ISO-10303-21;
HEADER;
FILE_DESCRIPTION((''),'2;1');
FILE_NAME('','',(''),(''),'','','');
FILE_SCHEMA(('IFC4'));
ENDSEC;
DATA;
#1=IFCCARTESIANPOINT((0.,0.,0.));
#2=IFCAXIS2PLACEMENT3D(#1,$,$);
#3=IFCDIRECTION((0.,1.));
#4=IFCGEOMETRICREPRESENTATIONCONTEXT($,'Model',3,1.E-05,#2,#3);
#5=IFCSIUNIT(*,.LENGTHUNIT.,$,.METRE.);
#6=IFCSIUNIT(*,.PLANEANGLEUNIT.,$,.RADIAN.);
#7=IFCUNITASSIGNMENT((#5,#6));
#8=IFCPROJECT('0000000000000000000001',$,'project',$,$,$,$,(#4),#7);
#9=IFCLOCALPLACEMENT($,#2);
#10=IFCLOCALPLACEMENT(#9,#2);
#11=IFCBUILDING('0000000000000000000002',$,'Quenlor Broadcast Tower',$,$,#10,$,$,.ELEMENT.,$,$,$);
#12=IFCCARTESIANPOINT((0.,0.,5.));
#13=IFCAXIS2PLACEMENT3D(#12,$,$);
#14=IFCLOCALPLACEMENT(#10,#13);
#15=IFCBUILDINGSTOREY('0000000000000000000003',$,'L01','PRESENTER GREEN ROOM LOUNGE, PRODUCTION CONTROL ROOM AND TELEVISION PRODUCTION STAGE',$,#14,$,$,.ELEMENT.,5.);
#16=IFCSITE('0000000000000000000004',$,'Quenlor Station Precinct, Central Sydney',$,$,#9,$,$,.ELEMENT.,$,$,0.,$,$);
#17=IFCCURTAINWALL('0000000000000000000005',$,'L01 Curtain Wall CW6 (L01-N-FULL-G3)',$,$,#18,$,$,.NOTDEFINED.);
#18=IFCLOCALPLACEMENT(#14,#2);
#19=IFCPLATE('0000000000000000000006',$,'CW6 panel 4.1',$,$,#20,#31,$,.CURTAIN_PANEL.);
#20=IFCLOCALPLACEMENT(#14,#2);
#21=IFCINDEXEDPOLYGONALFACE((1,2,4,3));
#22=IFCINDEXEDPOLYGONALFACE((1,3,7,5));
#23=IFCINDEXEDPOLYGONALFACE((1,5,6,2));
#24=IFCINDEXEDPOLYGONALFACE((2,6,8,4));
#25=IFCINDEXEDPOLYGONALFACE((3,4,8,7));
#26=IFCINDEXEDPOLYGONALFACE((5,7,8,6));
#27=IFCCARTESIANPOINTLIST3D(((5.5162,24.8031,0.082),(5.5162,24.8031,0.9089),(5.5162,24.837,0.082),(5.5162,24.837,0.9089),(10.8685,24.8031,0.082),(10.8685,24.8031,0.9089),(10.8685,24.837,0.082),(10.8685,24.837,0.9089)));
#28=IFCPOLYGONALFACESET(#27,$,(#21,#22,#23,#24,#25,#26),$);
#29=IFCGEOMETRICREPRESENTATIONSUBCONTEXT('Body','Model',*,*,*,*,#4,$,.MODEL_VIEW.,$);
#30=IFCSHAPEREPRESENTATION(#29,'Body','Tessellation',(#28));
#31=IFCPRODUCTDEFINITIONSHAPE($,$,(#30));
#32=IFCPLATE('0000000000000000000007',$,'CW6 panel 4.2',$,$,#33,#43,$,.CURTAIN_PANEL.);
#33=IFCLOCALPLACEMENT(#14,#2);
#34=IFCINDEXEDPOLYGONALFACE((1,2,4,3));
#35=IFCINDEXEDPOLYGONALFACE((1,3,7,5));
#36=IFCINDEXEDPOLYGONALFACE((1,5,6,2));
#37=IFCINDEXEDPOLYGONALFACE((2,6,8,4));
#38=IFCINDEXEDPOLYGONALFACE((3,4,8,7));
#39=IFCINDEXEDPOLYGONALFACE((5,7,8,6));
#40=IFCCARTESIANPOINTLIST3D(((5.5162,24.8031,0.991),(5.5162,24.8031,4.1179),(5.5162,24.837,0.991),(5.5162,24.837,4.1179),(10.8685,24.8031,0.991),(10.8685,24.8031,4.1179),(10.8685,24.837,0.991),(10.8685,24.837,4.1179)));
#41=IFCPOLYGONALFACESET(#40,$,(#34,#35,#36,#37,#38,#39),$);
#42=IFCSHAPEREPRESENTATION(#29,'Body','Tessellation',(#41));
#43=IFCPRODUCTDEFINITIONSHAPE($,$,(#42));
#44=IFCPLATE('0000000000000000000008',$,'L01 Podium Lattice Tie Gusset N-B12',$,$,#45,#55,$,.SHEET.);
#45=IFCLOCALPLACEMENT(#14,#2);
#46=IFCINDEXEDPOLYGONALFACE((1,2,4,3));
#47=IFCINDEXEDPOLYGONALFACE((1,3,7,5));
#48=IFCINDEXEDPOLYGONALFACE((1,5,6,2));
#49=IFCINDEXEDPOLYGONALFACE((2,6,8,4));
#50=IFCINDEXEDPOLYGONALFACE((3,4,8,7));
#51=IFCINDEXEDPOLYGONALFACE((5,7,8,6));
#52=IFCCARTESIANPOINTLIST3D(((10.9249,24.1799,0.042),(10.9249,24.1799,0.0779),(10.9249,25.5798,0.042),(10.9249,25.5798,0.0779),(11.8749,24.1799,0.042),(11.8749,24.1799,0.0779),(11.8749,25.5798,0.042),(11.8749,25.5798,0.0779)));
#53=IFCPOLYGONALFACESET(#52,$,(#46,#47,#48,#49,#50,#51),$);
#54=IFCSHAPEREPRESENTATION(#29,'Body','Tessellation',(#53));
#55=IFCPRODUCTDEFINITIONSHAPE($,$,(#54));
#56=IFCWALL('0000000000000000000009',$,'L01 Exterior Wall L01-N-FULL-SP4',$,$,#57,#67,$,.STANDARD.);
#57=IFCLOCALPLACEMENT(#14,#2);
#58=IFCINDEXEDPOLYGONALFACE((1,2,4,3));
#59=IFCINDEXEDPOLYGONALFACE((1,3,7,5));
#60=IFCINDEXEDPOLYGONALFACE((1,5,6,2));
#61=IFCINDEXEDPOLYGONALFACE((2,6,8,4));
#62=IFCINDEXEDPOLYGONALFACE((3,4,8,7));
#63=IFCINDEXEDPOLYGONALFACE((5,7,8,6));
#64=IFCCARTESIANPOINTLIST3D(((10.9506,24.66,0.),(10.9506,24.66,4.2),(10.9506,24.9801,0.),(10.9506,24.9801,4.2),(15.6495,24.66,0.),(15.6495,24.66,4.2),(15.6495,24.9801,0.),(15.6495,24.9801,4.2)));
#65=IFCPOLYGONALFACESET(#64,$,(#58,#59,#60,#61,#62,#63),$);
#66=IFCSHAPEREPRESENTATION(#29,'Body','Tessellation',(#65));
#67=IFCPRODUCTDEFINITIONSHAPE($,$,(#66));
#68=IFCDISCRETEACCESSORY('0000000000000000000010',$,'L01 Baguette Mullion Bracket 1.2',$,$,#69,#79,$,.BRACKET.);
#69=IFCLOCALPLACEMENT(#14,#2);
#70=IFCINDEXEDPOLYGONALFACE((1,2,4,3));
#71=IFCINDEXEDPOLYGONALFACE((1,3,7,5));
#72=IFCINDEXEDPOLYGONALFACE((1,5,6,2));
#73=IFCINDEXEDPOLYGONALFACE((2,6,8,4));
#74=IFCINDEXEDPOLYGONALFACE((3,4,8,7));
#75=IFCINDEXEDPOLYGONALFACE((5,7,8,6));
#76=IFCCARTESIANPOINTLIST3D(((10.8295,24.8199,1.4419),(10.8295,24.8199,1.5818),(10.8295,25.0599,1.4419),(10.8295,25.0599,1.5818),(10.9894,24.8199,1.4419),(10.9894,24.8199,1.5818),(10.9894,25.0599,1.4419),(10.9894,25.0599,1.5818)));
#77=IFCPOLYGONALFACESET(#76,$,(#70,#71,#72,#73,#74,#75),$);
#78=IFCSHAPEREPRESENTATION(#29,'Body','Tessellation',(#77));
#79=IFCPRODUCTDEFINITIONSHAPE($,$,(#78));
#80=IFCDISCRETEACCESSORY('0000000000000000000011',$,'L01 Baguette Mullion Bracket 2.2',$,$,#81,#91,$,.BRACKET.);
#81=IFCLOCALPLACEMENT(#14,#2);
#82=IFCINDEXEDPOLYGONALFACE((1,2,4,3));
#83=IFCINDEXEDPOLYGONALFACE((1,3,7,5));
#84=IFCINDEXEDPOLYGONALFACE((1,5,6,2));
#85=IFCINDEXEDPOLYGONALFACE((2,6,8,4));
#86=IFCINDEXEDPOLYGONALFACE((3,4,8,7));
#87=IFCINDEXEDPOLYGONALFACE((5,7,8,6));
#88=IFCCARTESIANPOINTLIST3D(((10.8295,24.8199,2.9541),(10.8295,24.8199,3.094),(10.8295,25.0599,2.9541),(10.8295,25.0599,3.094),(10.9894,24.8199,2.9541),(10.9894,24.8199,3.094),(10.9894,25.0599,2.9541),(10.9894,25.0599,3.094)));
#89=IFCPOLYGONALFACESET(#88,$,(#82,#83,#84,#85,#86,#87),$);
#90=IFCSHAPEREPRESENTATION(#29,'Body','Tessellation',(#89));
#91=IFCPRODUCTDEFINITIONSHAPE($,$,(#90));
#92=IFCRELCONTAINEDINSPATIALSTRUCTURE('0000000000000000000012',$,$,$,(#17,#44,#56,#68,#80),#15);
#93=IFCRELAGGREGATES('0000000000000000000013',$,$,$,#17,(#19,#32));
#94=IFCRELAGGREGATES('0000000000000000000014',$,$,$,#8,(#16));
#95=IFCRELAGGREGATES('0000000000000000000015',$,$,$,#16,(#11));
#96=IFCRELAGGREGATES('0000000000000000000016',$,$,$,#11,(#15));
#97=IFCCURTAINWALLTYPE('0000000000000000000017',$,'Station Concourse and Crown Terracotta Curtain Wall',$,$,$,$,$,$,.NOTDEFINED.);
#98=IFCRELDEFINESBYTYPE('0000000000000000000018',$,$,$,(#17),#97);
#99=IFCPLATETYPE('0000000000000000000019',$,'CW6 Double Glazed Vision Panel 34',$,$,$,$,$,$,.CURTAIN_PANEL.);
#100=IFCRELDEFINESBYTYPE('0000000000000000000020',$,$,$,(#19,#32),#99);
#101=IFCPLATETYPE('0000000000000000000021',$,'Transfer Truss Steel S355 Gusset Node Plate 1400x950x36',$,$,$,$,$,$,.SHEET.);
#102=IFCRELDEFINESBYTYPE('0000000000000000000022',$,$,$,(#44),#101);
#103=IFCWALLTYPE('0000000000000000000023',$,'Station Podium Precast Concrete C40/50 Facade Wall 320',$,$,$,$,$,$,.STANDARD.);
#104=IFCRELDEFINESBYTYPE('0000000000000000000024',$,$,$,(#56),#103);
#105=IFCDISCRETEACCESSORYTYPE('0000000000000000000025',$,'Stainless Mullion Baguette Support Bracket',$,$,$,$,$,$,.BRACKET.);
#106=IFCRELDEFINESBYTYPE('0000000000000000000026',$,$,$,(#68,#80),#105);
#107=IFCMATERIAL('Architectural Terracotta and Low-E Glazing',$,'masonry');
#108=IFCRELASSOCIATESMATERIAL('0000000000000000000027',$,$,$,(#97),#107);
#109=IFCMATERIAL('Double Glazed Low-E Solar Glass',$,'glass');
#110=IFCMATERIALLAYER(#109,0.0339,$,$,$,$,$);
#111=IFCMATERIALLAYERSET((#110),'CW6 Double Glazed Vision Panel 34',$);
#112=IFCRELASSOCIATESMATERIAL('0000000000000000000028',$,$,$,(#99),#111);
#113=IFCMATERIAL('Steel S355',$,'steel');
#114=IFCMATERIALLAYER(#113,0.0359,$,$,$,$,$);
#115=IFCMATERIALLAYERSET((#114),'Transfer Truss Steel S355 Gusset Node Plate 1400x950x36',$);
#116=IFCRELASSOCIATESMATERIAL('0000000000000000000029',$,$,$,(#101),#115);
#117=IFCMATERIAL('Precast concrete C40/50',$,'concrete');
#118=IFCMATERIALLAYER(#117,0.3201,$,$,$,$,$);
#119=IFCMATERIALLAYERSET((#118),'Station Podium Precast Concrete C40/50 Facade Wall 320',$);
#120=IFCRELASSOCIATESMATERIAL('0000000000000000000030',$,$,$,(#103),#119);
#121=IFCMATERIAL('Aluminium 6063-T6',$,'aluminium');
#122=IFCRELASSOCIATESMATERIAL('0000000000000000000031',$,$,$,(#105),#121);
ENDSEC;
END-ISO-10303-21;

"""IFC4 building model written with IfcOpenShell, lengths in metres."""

from ifc_helpers import new_model, si_unit, direction, frame, frame_2d, origin, origin_2d, place, context, subcontext, project, spatial, rectangle, extrude, material, layer, layer_set, type_object, element, aggregate, save


model = new_model("IFC4")

# Units and contexts
model_context = context("Model", 3, precision=1e-05, world=origin(), true_north=direction((0.0, 1.0)))
body_context = subcontext(model_context, "Body", "Model", "MODEL_VIEW")
ifc_project = project(units=[si_unit("LENGTHUNIT", "METRE"), si_unit("PLANEANGLEUNIT", "RADIAN")], contexts=[model_context])

# Site, building, storey
site_placement = place(None, origin())
site = spatial("IfcSite", under=ifc_project, at=site_placement, Name="Quenlor Station Precinct, Central Sydney", CompositionType="ELEMENT", RefElevation=0.0)
building_placement = place(site_placement, origin())
building = spatial("IfcBuilding", under=site, at=building_placement, Name="Quenlor Broadcast Tower", CompositionType="ELEMENT")
storey_placement = place(building_placement, frame((0.0, 0.0, 5.0)))
storey = spatial("IfcBuildingStorey", under=building, at=storey_placement, Name="L01", Description="PRESENTER GREEN ROOM LOUNGE, PRODUCTION CONTROL ROOM AND TELEVISION PRODUCTION STAGE", CompositionType="ELEMENT", Elevation=5.0)

# Curtain wall
ifc_material_1 = material(Name="Architectural Terracotta and Low-E Glazing", Category="masonry")
curtain_wall_type = type_object("IfcCurtainWallType", Name="Station Concourse and Crown Terracotta Curtain Wall", PredefinedType="NOTDEFINED", material=ifc_material_1)
curtain_wall_placement = place(storey_placement, origin())
curtain_wall = element("IfcCurtainWall", 1, at=curtain_wall_placement, inside=storey, type_object=curtain_wall_type, Name="L01 Curtain Wall CW6 (L01-N-FULL-G3)", PredefinedType="NOTDEFINED")

# Plates
ifc_material_2 = material(Name="Double Glazed Low-E Solar Glass", Category="glass")
ifc_layer_1 = layer(ifc_material_2, 0.0339)
ifc_layer_set_1 = layer_set([ifc_layer_1], Name="CW6 Double Glazed Vision Panel 34")
plate_type_1 = type_object("IfcPlateType", Name="CW6 Double Glazed Vision Panel 34", PredefinedType="CURTAIN_PANEL", material=ifc_layer_set_1)
plate_1_placement = place(storey_placement, frame((8.1924, 24.8201, 0.082), z_axis=(0.0, 0.0, 1.0), x_axis=(1.0, 0.0, 0.0)))
plate_1 = element("IfcPlate", 2, at=plate_1_placement, type_object=plate_type_1, Name="CW6 panel 4.1", PredefinedType="CURTAIN_PANEL", context=body_context, shape_type="SweptSolid", body=[
    extrude(rectangle(XDim=5.3523, YDim=0.0339, at=origin_2d()), origin(), (0.0, 0.0, 1.0), 0.8269),
])
plate_2_placement = place(storey_placement, frame((8.1924, 24.8201, 0.991), z_axis=(0.0, 0.0, 1.0), x_axis=(1.0, 0.0, 0.0)))
plate_2 = element("IfcPlate", 3, at=plate_2_placement, type_object=plate_type_1, Name="CW6 panel 4.2", PredefinedType="CURTAIN_PANEL", context=body_context, shape_type="SweptSolid", body=[
    extrude(rectangle(XDim=5.3523, YDim=0.0339, at=origin_2d()), origin(), (0.0, 0.0, 1.0), 3.127),
])
aggregate(curtain_wall, [plate_1, plate_2])
ifc_material_3 = material(Name="Steel S355", Category="steel")
ifc_layer_2 = layer(ifc_material_3, 0.0359)
ifc_layer_set_2 = layer_set([ifc_layer_2], Name="Transfer Truss Steel S355 Gusset Node Plate 1400x950x36")
plate_type_2 = type_object("IfcPlateType", Name="Transfer Truss Steel S355 Gusset Node Plate 1400x950x36", PredefinedType="SHEET", material=ifc_layer_set_2)
plate_3_placement = place(storey_placement, frame((11.3999, 24.8799, 0.042), z_axis=(0.0, 0.0, 1.0), x_axis=(0.0, 1.0, 0.0)))
element("IfcPlate", 4, at=plate_3_placement, inside=storey, type_object=plate_type_2, Name="L01 Podium Lattice Tie Gusset N-B12", PredefinedType="SHEET", context=body_context, shape_type="SweptSolid", body=[
    extrude(rectangle(XDim=1.3999, YDim=0.95, at=origin_2d()), origin(), (0.0, 0.0, 1.0), 0.0359),
])

# Wall
ifc_material_4 = material(Name="Precast concrete C40/50", Category="concrete")
ifc_layer_3 = layer(ifc_material_4, 0.3201)
ifc_layer_set_3 = layer_set([ifc_layer_3], Name="Station Podium Precast Concrete C40/50 Facade Wall 320")
wall_type = type_object("IfcWallType", Name="Station Podium Precast Concrete C40/50 Facade Wall 320", PredefinedType="STANDARD", material=ifc_layer_set_3)
wall_placement = place(storey_placement, frame((10.9504, 24.8201, 0.0), z_axis=(0.0, 0.0, 1.0), x_axis=(1.0, 0.0, 0.0)))
element("IfcWall", 5, at=wall_placement, inside=storey, type_object=wall_type, Name="L01 Exterior Wall L01-N-FULL-SP4", PredefinedType="STANDARD", context=body_context, shape_type="SweptSolid", body=[
    extrude(rectangle(XDim=4.699, YDim=0.3201, at=frame_2d((2.3496, 0.0))), origin(), (0.0, 0.0, 1.0), 4.2),
])

# Discrete accessories
ifc_material_5 = material(Name="Aluminium 6063-T6", Category="aluminium")
discrete_accessory_type = type_object("IfcDiscreteAccessoryType", Name="Stainless Mullion Baguette Support Bracket", PredefinedType="BRACKET", material=ifc_material_5)
for number, where, z_axis, x_axis, name in (
    (6, (10.9094, 24.9399, 1.4419), (0.0, 0.0, 1.0), (1.0, 0.0, 0.0), "L01 Baguette Mullion Bracket 1.2"),
    (7, (10.9094, 24.9399, 2.9541), (0.0, 0.0, 1.0), (1.0, 0.0, 0.0), "L01 Baguette Mullion Bracket 2.2"),
):
    element("IfcDiscreteAccessory", number, at=place(storey_placement, frame(where, z_axis=z_axis, x_axis=x_axis)), inside=storey, type_object=discrete_accessory_type, Name=name, PredefinedType="BRACKET", context=body_context, shape_type="SweptSolid", body=[
        extrude(rectangle(XDim=0.1599, YDim=0.24, at=origin_2d()), origin(), (0.0, 0.0, 1.0), 0.1399),
    ])

save(model, "model.ifc")
